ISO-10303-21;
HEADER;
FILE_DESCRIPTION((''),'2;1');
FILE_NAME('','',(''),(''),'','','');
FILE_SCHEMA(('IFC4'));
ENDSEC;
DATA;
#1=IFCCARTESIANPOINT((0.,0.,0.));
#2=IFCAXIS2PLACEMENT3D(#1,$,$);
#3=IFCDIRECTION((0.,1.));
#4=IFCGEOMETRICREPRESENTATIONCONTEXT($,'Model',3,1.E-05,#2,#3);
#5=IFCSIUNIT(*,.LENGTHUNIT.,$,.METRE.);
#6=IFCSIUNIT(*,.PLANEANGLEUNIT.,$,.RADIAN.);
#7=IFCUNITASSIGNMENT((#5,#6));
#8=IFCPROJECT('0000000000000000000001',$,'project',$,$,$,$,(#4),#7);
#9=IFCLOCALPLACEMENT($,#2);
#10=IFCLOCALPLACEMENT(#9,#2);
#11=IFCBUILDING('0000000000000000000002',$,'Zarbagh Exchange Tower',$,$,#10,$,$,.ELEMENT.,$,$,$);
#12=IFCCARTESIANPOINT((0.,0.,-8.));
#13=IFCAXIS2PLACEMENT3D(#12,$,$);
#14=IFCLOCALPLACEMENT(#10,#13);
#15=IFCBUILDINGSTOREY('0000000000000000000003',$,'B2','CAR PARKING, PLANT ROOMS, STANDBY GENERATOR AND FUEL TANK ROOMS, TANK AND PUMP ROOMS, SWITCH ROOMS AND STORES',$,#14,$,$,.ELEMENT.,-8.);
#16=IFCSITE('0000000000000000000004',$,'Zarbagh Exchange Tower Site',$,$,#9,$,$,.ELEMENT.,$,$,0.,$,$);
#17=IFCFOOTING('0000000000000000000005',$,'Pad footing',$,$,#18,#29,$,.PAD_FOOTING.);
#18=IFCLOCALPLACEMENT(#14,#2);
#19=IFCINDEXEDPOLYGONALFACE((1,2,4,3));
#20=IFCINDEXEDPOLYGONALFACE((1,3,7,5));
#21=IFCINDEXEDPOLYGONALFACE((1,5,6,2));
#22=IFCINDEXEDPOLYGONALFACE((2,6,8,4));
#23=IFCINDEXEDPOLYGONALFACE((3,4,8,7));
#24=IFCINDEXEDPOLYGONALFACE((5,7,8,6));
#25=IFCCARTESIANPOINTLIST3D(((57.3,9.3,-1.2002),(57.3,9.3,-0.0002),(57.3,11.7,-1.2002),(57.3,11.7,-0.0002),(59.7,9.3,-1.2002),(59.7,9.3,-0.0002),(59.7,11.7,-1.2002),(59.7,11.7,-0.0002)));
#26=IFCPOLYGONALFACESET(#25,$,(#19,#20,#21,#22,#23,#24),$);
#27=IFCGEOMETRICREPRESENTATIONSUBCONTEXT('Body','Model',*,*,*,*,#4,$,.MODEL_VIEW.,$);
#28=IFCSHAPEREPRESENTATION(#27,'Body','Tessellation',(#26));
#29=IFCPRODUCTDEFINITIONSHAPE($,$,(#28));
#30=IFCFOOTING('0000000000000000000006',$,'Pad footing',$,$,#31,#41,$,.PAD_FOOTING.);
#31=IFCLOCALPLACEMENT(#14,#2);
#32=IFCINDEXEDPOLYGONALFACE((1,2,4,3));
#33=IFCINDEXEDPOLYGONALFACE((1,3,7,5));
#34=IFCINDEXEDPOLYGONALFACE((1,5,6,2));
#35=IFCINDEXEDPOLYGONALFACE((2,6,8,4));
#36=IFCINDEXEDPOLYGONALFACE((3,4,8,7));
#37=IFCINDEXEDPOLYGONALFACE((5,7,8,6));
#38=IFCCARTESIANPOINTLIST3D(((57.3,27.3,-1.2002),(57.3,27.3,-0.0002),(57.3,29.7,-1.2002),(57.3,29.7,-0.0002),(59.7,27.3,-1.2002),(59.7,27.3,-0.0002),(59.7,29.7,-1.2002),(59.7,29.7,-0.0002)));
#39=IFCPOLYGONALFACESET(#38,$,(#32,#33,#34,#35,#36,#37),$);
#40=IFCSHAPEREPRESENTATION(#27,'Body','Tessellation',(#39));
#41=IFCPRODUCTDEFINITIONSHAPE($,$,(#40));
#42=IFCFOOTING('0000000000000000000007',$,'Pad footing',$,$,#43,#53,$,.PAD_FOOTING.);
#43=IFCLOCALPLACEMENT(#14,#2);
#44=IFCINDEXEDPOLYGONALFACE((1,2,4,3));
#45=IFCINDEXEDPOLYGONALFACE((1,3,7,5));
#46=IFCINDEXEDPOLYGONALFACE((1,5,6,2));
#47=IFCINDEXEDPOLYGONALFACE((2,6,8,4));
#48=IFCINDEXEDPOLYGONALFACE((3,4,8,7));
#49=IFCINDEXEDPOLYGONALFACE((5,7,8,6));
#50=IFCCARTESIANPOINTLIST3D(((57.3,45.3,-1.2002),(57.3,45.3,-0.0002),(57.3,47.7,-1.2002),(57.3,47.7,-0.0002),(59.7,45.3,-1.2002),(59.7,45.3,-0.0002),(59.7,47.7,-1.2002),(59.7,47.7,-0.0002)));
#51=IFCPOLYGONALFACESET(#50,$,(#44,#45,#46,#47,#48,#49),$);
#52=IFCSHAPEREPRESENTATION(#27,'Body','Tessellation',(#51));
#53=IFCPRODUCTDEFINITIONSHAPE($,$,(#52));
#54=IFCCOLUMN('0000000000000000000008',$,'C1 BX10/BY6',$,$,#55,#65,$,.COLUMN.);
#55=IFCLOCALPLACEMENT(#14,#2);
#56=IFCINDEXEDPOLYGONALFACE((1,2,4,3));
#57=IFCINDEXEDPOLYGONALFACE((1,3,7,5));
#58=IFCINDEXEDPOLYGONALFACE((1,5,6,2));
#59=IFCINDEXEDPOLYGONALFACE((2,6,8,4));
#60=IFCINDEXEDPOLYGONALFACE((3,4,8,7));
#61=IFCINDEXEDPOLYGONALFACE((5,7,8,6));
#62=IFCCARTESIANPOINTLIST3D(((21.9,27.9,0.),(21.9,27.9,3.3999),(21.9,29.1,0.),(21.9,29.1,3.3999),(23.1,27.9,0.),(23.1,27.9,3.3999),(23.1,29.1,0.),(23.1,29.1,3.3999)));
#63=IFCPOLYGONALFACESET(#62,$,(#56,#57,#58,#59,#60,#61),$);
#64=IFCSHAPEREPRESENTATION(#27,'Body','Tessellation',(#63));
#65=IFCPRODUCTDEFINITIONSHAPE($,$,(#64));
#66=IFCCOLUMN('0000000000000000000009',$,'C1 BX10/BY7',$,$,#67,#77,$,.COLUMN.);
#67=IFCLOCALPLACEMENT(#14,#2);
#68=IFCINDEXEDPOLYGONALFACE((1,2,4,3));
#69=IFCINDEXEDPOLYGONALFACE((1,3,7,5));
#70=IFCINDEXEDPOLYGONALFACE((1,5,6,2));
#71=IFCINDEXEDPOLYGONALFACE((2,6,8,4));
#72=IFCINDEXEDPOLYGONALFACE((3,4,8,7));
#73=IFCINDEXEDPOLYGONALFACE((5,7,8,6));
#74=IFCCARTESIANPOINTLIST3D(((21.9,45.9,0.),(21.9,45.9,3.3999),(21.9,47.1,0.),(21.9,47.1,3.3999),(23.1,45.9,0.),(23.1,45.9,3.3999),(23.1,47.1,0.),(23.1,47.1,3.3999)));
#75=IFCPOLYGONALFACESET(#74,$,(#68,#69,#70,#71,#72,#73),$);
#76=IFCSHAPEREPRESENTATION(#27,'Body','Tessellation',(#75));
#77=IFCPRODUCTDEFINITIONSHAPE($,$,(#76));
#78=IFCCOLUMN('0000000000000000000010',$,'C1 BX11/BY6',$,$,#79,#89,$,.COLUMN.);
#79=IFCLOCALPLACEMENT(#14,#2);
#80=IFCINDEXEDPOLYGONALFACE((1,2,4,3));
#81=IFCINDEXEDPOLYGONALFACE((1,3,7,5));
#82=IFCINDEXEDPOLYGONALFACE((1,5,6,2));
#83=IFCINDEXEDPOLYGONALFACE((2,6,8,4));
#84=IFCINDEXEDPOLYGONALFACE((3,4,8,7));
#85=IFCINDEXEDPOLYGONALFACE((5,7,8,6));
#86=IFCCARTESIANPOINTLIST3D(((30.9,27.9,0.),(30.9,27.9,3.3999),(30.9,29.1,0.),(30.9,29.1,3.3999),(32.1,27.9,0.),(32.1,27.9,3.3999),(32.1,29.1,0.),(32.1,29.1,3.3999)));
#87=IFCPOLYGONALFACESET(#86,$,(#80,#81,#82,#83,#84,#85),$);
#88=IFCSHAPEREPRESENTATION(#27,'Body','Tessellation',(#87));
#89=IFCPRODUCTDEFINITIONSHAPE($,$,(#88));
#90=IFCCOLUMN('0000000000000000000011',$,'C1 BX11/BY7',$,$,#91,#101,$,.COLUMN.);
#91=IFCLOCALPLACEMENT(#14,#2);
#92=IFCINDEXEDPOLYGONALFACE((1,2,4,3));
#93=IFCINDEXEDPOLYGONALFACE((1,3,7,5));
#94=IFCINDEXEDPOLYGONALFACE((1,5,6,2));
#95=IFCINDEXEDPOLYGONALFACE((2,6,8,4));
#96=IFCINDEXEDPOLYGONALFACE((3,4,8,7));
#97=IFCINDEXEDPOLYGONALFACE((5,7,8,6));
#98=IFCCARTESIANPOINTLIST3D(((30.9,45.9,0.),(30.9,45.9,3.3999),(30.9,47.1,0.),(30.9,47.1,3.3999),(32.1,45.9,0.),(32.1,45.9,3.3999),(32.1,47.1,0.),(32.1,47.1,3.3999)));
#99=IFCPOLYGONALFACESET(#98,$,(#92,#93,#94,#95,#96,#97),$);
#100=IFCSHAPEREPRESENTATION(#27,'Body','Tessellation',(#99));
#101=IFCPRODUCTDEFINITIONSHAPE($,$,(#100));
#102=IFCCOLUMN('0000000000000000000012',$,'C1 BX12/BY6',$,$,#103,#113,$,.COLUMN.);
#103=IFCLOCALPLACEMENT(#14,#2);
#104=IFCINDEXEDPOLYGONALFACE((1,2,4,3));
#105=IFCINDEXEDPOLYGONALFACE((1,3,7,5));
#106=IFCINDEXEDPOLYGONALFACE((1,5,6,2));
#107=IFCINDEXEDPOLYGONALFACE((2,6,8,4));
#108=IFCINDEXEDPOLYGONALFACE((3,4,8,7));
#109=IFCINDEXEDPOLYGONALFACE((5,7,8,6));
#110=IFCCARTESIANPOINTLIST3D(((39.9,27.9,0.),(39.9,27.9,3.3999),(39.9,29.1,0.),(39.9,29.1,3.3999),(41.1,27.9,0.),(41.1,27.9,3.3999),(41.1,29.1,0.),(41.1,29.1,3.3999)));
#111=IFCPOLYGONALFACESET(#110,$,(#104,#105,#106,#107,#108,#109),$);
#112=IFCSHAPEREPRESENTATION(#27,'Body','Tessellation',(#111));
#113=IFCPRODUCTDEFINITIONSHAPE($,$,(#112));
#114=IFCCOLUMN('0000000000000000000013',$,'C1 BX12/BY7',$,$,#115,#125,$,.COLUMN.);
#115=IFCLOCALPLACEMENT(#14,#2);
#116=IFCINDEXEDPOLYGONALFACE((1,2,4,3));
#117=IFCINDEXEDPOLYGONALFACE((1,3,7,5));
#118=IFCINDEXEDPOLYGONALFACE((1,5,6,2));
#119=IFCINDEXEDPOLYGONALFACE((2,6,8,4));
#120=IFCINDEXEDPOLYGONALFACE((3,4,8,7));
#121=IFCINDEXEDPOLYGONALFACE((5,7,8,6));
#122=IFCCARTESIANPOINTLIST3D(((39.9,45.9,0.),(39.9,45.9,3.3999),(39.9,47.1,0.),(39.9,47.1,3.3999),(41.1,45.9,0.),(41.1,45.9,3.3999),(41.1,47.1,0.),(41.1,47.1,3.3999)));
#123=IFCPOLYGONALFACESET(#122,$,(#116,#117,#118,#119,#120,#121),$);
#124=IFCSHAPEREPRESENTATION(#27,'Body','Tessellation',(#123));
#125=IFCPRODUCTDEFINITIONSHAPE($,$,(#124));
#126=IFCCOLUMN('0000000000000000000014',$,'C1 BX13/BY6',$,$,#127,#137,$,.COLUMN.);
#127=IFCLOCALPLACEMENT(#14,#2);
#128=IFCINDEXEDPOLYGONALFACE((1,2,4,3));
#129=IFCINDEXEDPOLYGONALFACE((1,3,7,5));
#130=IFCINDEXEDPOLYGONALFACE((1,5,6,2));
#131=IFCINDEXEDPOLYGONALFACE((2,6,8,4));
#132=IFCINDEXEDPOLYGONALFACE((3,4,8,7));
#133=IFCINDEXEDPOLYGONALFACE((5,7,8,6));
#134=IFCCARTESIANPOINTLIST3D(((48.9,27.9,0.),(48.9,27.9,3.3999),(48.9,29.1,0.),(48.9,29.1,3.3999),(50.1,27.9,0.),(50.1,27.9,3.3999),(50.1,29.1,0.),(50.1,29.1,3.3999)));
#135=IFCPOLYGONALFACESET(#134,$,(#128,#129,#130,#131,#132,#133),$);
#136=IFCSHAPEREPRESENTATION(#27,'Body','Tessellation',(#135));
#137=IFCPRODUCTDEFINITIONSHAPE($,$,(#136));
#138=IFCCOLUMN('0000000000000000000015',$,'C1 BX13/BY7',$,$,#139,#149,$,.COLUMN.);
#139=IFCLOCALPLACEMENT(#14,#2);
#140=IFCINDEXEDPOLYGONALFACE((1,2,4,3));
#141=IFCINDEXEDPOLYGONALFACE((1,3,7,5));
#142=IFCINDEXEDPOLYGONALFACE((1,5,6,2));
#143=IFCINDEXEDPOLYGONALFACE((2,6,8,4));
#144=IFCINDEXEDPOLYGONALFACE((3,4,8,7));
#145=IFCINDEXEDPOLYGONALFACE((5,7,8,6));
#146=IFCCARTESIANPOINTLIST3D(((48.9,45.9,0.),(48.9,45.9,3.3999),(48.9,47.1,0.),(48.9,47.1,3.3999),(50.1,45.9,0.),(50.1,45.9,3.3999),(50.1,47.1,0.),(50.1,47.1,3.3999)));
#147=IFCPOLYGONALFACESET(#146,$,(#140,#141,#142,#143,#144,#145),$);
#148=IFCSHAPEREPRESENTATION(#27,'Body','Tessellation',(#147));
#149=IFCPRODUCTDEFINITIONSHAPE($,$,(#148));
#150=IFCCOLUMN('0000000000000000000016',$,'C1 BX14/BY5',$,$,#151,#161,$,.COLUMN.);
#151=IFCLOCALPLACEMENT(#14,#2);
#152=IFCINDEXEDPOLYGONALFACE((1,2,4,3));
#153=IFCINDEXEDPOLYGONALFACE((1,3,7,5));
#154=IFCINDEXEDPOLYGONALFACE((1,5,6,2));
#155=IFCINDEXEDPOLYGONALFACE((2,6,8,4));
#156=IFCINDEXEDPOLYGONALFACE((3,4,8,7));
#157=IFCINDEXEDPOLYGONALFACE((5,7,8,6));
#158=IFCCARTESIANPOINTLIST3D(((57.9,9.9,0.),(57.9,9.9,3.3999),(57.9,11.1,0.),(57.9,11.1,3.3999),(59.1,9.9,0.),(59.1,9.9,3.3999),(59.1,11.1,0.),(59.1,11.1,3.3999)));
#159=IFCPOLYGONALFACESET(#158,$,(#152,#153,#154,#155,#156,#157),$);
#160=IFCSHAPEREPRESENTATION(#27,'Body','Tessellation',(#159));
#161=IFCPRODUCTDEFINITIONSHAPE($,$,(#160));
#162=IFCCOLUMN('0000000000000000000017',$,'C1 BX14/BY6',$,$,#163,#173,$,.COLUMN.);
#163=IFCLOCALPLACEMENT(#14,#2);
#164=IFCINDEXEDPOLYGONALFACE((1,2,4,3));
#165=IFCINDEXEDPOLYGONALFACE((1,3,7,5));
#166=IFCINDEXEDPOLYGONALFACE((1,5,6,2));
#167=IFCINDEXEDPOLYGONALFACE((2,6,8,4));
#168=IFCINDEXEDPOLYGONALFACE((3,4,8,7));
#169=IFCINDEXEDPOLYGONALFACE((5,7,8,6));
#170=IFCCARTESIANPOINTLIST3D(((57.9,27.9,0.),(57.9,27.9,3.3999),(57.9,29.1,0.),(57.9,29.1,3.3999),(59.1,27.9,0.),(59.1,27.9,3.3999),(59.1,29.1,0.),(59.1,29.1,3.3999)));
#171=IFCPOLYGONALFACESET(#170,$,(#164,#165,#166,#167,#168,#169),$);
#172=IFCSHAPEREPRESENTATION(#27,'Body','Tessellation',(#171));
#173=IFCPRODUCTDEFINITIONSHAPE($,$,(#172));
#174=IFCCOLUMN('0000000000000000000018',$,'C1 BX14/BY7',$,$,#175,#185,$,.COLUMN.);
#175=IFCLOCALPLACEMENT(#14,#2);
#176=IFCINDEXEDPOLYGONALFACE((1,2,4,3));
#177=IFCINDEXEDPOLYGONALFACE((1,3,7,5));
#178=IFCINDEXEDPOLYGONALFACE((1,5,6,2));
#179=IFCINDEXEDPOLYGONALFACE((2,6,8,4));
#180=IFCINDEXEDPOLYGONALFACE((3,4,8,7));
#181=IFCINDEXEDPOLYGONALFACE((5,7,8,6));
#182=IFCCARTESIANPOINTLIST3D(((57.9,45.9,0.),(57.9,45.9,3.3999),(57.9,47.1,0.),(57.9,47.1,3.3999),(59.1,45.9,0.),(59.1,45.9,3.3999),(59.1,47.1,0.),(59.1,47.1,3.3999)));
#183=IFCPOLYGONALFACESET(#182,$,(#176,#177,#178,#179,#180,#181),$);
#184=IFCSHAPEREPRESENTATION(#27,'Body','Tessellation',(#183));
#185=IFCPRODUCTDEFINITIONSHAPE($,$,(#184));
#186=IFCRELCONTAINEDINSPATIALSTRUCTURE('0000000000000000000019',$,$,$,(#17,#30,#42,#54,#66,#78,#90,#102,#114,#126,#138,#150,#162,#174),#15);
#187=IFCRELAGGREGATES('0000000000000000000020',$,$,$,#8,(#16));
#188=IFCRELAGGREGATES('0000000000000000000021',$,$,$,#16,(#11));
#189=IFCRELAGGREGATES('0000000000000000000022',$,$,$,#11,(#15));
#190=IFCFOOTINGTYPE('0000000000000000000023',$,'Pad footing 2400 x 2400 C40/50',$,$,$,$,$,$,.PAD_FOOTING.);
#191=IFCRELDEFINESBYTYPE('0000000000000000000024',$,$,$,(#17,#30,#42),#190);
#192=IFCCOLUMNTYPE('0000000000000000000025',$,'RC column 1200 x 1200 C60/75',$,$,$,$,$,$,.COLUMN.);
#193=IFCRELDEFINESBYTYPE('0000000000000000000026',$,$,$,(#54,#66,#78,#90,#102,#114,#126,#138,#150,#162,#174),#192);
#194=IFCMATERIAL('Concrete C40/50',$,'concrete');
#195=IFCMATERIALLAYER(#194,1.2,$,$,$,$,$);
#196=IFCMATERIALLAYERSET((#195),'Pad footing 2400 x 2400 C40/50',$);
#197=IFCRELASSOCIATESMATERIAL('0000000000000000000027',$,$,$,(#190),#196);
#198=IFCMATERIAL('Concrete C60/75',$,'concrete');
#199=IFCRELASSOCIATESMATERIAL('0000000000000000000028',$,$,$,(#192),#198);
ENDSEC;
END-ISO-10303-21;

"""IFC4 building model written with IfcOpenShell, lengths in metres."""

from ifc_helpers import new_model, si_unit, direction, frame, origin, origin_2d, place, context, subcontext, project, spatial, rectangle, extrude, material, layer, layer_set, material_profile, profile_set, type_object, element, save


model = new_model("IFC4")

# Units and contexts
model_context = context("Model", 3, precision=1e-05, world=origin(), true_north=direction((0.0, 1.0)))
body_context = subcontext(model_context, "Body", "Model", "MODEL_VIEW")
ifc_project = project(units=[si_unit("LENGTHUNIT", "METRE"), si_unit("PLANEANGLEUNIT", "RADIAN")], contexts=[model_context])

# Site, building, storey
site_placement = place(None, origin())
site = spatial("IfcSite", under=ifc_project, at=site_placement, Name="Zarbagh Exchange Tower Site", CompositionType="ELEMENT", RefElevation=0.0)
building_placement = place(site_placement, origin())
building = spatial("IfcBuilding", under=site, at=building_placement, Name="Zarbagh Exchange Tower", CompositionType="ELEMENT")
storey_placement = place(building_placement, frame((0.0, 0.0, -8.0)))
storey = spatial("IfcBuildingStorey", under=building, at=storey_placement, Name="B2", Description="CAR PARKING, PLANT ROOMS, STANDBY GENERATOR AND FUEL TANK ROOMS, TANK AND PUMP ROOMS, SWITCH ROOMS AND STORES", CompositionType="ELEMENT", Elevation=-8.0)

# Shared definitions
ifc_material_1 = material(Name="Concrete C40/50", Category="concrete")

# Footings
ifc_layer = layer(ifc_material_1, 1.2)
ifc_layer_set = layer_set([ifc_layer], Name="Pad footing 2400 x 2400 C40/50")
footing_type = type_object("IfcFootingType", Name="Pad footing 2400 x 2400 C40/50", PredefinedType="PAD_FOOTING", material=ifc_layer_set)
for number, where, z_axis, x_axis, name in (
    (1, (58.5, 10.5, -1.2002), (0.0, 0.0, 1.0), (1.0, 0.0, 0.0), "Pad footing"),
    (2, (58.5, 28.5, -1.2002), (0.0, 0.0, 1.0), (1.0, 0.0, 0.0), "Pad footing"),
    (3, (58.5, 46.5, -1.2002), (0.0, 0.0, 1.0), (1.0, 0.0, 0.0), "Pad footing"),
):
    element("IfcFooting", number, at=place(storey_placement, frame(where, z_axis=z_axis, x_axis=x_axis)), inside=storey, type_object=footing_type, Name=name, PredefinedType="PAD_FOOTING", context=body_context, shape_type="SweptSolid", body=[
        extrude(rectangle(XDim=2.3999, YDim=2.3999, at=origin_2d()), origin(), (0.0, 0.0, 1.0), 1.2),
    ])

# Columns
ifc_material_2 = material(Name="Concrete C60/75", Category="concrete")
ifc_material_profile_1 = material_profile(ifc_material_2, rectangle(XDim=1.2, YDim=1.2, at=origin_2d()), Name="RC column 1200 x 1200 C60/75")
ifc_profile_set_1 = profile_set([ifc_material_profile_1], Name="Concrete C60/75")
column_type = type_object("IfcColumnType", Name="RC column 1200 x 1200 C60/75", PredefinedType="COLUMN", material=ifc_profile_set_1)
for number, where, z_axis, x_axis, name in (
    (4, (22.5, 28.5, 0.0), (0.0, 0.0, 1.0), (1.0, 0.0, 0.0), "C1 BX10/BY6"),
    (5, (22.5, 46.5, 0.0), (0.0, 0.0, 1.0), (1.0, 0.0, 0.0), "C1 BX10/BY7"),
    (6, (31.5, 28.5, 0.0), (0.0, 0.0, 1.0), (1.0, 0.0, 0.0), "C1 BX11/BY6"),
    (7, (31.5, 46.5, 0.0), (0.0, 0.0, 1.0), (1.0, 0.0, 0.0), "C1 BX11/BY7"),
    (8, (40.5, 28.5, 0.0), (0.0, 0.0, 1.0), (1.0, 0.0, 0.0), "C1 BX12/BY6"),
    (9, (40.5, 46.5, 0.0), (0.0, 0.0, 1.0), (1.0, 0.0, 0.0), "C1 BX12/BY7"),
    (10, (49.5, 28.5, 0.0), (0.0, 0.0, 1.0), (1.0, 0.0, 0.0), "C1 BX13/BY6"),
    (11, (49.5, 46.5, 0.0), (0.0, 0.0, 1.0), (1.0, 0.0, 0.0), "C1 BX13/BY7"),
    (12, (58.5, 10.5, 0.0), (0.0, 0.0, 1.0), (1.0, 0.0, 0.0), "C1 BX14/BY5"),
    (13, (58.5, 28.5, 0.0), (0.0, 0.0, 1.0), (1.0, 0.0, 0.0), "C1 BX14/BY6"),
    (14, (58.5, 46.5, 0.0), (0.0, 0.0, 1.0), (1.0, 0.0, 0.0), "C1 BX14/BY7"),
):
    element("IfcColumn", number, at=place(storey_placement, frame(where, z_axis=z_axis, x_axis=x_axis)), inside=storey, type_object=column_type, Name=name, PredefinedType="COLUMN", context=body_context, shape_type="SweptSolid", body=[
        extrude(rectangle(XDim=1.2, YDim=1.2, at=origin_2d()), origin(), (0.0, 0.0, 1.0), 3.3999),
    ])

save(model, "model.ifc")
